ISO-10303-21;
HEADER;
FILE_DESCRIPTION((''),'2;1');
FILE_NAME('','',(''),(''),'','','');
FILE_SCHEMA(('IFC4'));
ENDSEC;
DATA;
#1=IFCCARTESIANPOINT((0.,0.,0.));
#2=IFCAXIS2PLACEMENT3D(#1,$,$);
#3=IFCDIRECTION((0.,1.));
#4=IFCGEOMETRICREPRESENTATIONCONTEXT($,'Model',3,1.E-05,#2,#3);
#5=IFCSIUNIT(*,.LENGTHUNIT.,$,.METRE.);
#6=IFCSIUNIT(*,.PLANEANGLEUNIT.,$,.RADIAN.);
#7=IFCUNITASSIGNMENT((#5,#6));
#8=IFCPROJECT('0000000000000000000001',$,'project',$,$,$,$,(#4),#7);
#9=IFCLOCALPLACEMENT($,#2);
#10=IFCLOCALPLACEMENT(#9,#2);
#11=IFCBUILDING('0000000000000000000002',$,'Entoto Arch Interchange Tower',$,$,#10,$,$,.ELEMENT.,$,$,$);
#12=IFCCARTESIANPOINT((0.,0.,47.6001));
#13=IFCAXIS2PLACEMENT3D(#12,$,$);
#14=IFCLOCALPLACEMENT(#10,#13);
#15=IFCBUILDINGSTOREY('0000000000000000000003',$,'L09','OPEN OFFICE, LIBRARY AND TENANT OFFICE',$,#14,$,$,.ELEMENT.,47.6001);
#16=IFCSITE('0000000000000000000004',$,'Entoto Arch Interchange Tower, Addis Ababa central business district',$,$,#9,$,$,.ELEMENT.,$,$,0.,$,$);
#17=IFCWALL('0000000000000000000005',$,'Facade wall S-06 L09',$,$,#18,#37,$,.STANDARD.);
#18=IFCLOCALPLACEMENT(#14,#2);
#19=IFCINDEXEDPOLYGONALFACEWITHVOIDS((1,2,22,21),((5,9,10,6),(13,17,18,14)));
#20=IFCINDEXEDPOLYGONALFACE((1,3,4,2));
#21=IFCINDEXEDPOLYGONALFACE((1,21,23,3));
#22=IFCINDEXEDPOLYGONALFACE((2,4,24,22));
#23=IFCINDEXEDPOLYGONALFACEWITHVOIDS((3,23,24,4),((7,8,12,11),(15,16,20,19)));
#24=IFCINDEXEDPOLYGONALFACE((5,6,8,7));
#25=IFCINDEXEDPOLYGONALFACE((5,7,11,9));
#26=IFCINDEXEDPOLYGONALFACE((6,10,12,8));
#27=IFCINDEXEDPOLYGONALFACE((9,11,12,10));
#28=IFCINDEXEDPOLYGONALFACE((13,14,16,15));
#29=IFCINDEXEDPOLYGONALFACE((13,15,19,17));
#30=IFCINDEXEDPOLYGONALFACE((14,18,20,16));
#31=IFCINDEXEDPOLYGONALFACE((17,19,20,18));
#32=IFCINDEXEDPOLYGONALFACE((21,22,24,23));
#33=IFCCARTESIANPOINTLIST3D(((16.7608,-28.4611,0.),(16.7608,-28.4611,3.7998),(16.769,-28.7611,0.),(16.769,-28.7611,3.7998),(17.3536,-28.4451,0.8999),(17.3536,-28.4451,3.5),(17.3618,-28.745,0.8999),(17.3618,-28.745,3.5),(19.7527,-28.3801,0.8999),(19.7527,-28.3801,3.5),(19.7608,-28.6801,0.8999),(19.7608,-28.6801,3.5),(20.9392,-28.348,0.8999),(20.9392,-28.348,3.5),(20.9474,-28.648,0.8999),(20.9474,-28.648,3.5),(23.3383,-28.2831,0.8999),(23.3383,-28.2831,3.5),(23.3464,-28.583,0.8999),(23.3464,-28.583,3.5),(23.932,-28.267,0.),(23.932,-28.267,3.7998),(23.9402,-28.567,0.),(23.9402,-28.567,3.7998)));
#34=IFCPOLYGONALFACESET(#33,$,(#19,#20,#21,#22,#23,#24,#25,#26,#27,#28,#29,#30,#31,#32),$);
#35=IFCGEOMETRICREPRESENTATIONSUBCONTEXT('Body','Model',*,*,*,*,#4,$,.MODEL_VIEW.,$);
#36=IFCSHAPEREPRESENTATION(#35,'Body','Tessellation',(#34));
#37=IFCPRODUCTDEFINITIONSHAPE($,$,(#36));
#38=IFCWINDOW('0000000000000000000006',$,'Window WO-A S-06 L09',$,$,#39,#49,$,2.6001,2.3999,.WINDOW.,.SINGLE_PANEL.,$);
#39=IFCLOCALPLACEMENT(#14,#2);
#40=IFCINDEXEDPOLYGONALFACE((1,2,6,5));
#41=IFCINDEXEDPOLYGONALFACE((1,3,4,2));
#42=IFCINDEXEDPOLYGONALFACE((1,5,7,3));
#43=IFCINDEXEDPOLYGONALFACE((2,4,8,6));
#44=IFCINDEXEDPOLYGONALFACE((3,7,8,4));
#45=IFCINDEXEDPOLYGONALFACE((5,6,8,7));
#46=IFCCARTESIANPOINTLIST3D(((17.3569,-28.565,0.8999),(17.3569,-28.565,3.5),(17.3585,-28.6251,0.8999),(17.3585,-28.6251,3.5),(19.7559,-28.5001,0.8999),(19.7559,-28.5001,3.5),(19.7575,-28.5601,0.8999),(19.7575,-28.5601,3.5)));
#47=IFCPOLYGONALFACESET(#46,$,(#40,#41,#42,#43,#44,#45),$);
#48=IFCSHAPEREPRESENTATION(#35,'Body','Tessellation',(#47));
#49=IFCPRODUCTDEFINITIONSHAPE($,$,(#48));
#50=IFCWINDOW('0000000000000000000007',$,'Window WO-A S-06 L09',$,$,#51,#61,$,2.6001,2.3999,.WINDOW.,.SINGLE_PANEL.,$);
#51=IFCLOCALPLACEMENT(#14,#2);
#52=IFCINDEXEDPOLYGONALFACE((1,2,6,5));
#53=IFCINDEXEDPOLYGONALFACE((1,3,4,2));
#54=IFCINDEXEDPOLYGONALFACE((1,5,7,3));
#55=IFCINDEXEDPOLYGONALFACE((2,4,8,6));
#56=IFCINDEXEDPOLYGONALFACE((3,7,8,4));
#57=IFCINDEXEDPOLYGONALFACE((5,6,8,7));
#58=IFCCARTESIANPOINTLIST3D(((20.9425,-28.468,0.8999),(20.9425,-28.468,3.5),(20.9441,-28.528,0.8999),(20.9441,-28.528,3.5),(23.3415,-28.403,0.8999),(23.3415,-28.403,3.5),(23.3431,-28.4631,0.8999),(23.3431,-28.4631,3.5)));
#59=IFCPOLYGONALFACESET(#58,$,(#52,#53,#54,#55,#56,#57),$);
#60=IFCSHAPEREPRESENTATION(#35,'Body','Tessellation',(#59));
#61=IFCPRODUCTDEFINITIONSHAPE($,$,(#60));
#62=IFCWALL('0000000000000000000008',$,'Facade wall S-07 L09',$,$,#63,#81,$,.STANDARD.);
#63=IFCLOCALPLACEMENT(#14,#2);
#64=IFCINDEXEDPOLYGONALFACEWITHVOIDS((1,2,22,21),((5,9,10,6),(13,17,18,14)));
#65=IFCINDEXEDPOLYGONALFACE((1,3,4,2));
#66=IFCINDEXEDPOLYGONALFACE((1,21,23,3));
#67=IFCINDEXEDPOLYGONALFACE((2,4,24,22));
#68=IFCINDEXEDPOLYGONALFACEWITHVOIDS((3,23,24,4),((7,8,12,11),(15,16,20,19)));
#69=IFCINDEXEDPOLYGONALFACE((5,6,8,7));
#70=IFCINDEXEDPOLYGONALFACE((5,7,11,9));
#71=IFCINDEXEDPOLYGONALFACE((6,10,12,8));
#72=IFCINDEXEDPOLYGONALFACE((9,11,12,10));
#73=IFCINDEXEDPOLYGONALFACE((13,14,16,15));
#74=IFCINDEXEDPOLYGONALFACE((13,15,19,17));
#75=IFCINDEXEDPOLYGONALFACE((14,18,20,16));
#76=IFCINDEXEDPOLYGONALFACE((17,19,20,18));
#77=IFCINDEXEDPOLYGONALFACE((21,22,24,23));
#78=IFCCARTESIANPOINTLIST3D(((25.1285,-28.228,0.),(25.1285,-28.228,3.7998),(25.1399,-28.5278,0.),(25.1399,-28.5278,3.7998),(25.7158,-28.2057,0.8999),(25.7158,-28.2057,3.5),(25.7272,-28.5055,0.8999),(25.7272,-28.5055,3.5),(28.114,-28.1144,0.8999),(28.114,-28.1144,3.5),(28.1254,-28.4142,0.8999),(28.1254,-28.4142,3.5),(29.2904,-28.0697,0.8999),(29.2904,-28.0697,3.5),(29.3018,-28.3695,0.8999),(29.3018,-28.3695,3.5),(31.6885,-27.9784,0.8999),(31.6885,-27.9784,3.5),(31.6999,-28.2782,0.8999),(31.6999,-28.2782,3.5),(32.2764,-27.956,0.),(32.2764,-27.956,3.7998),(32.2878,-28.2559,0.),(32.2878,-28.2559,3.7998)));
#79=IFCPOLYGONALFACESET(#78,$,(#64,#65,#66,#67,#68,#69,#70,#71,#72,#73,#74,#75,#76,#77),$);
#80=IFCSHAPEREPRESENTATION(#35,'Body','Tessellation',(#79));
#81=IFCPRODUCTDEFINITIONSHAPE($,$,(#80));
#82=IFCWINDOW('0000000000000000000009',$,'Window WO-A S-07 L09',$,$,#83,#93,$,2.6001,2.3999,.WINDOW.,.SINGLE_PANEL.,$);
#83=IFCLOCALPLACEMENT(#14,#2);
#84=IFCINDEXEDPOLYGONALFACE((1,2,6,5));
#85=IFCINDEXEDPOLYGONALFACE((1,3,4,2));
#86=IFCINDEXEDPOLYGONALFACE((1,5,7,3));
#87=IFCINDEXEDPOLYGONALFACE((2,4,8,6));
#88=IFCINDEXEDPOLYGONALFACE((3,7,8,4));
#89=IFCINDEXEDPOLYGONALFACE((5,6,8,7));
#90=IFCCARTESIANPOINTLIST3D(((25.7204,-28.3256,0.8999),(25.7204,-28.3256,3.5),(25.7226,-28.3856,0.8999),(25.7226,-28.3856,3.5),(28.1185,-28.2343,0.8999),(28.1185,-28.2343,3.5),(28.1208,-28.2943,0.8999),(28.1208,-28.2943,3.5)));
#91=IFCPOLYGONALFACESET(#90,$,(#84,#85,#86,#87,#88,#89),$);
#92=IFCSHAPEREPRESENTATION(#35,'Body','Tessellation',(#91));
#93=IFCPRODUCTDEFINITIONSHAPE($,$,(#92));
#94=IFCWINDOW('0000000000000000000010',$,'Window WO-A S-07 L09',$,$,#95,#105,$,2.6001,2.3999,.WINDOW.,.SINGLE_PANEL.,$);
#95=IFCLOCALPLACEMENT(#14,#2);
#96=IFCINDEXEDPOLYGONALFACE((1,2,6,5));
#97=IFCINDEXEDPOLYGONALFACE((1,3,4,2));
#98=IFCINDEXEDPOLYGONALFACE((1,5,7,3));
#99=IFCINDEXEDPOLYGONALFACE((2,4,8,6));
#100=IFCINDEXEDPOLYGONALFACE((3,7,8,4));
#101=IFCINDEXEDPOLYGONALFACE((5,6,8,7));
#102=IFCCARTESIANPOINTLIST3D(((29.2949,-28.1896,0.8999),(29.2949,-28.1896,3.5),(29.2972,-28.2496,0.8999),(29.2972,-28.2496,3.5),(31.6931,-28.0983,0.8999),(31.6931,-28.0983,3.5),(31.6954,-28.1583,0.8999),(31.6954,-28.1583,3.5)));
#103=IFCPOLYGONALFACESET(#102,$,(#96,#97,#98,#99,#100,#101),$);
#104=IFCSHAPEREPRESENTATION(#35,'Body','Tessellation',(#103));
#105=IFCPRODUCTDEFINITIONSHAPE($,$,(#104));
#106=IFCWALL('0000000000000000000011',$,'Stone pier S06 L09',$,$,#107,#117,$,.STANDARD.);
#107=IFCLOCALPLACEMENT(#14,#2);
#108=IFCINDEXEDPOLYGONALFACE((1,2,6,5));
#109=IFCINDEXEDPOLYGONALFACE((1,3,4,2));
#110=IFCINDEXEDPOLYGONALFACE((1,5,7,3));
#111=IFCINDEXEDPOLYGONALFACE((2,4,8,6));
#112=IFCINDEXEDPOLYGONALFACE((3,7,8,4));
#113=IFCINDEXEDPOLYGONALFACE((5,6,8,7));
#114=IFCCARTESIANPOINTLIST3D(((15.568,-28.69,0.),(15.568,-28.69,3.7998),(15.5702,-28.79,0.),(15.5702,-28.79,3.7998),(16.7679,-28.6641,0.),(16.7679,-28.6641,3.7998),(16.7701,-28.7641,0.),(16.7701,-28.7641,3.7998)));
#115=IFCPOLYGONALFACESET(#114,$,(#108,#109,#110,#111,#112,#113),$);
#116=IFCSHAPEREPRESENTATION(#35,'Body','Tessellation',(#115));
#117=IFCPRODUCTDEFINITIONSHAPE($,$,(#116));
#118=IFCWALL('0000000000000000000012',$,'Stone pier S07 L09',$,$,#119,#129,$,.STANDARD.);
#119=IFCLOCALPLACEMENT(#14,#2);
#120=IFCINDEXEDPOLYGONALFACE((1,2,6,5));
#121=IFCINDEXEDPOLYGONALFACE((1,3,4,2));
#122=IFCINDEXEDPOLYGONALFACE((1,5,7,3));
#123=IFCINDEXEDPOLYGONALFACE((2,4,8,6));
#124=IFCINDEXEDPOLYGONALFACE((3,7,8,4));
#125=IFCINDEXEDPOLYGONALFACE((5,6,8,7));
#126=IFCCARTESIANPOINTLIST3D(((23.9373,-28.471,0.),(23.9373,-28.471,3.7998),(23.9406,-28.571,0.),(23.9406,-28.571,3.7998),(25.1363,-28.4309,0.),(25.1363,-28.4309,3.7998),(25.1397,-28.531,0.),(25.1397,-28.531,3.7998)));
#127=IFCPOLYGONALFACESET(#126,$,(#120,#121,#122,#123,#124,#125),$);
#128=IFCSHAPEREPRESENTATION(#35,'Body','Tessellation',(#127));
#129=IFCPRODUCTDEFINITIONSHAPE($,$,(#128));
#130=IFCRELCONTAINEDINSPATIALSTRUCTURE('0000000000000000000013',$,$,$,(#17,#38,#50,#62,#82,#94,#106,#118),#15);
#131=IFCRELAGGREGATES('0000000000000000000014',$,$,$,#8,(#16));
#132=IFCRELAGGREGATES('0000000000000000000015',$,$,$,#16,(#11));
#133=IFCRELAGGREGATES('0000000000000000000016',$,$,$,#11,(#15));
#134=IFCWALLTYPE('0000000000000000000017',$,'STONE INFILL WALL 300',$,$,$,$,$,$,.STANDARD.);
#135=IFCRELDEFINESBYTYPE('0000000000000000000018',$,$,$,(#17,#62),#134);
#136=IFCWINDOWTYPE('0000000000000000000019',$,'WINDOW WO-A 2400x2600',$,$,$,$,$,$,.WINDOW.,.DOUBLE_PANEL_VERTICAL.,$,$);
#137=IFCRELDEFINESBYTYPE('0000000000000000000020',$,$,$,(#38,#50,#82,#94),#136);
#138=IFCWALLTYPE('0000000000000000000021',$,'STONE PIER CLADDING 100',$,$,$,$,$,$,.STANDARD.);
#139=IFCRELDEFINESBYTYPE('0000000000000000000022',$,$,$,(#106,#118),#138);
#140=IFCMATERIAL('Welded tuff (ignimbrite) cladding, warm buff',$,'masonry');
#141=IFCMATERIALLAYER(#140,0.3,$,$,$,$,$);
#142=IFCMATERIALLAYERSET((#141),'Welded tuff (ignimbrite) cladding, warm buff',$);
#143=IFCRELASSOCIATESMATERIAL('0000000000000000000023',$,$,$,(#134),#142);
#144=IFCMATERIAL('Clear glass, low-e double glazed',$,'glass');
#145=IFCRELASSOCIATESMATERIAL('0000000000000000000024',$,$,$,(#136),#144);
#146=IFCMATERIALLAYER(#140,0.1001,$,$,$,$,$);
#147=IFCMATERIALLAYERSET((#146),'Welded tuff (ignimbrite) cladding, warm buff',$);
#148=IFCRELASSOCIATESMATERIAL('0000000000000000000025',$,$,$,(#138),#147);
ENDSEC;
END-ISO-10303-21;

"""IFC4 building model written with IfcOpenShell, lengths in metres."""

from ifc_helpers import new_model, si_unit, direction, frame, frame_2d, origin, place, context, subcontext, project, spatial, rectangle, extrude, material, layer, layer_set, type_object, element, fill, save


model = new_model("IFC4")

# Units and contexts
model_context = context("Model", 3, precision=1e-05, world=origin(), true_north=direction((0.0, 1.0)))
body_context = subcontext(model_context, "Body", "Model", "MODEL_VIEW")
ifc_project = project(units=[si_unit("LENGTHUNIT", "METRE"), si_unit("PLANEANGLEUNIT", "RADIAN")], contexts=[model_context])

# Site, building, storey
site_placement = place(None, origin())
site = spatial("IfcSite", under=ifc_project, at=site_placement, Name="Entoto Arch Interchange Tower, Addis Ababa central business district", CompositionType="ELEMENT", RefElevation=0.0)
building_placement = place(site_placement, origin())
building = spatial("IfcBuilding", under=site, at=building_placement, Name="Entoto Arch Interchange Tower", CompositionType="ELEMENT")
storey_placement = place(building_placement, frame((0.0, 0.0, 47.6001)))
storey = spatial("IfcBuildingStorey", under=building, at=storey_placement, Name="L09", Description="OPEN OFFICE, LIBRARY AND TENANT OFFICE", CompositionType="ELEMENT", Elevation=47.6001)

# Walls, openings, windows
ifc_material_1 = material(Name="Welded tuff (ignimbrite) cladding, warm buff", Category="masonry")
ifc_layer_1 = layer(ifc_material_1, 0.3)
ifc_layer_set_1 = layer_set([ifc_layer_1], Name="Welded tuff (ignimbrite) cladding, warm buff")
wall_type_1 = type_object("IfcWallType", Name="STONE INFILL WALL 300", PredefinedType="STANDARD", material=ifc_layer_set_1)
wall_1_placement = place(storey_placement, frame((16.7649, -28.6111, 0.0), z_axis=(0.0, 0.0, 1.0), x_axis=(0.999634, 0.027056, 0.0)))
wall_1 = element("IfcWall", 1, at=wall_1_placement, inside=storey, type_object=wall_type_1, Name="Facade wall S-06 L09", PredefinedType="STANDARD", context=body_context, shape_type="SweptSolid", body=[
    extrude(rectangle(XDim=7.1738, YDim=0.3, at=frame_2d((3.5869, 0.0))), origin(), (0.0, 0.0, 1.0), 3.7998),
])
opening_1_placement = place(wall_1_placement, frame((0.593, 0.0, 0.8999)))
opening_1 = element("IfcOpeningElement", 2, at=opening_1_placement, cuts=wall_1, PredefinedType="OPENING", context=body_context, shape_type="SweptSolid", body=[
    extrude(rectangle(XDim=2.3999, YDim=2.6001, at=frame_2d((1.2, 1.3))), frame((0.0, 0.1602, 0.0), z_axis=(0.0, -1.0, 0.0), x_axis=(1.0, 0.0, 0.0)), (0.0, 0.0, 1.0), 0.3201),
])
opening_2_placement = place(wall_1_placement, frame((4.1799, 0.0, 0.8999)))
opening_2 = element("IfcOpeningElement", 3, at=opening_2_placement, cuts=wall_1, PredefinedType="OPENING", context=body_context, shape_type="SweptSolid", body=[
    extrude(rectangle(XDim=2.3999, YDim=2.6001, at=frame_2d((1.2, 1.3))), frame((0.0, 0.1602, 0.0), z_axis=(0.0, -1.0, 0.0), x_axis=(1.0, 0.0, 0.0)), (0.0, 0.0, 1.0), 0.3201),
])
ifc_material_2 = material(Name="Clear glass, low-e double glazed", Category="glass")
window_type = type_object("IfcWindowType", Name="WINDOW WO-A 2400x2600", PartitioningType="DOUBLE_PANEL_VERTICAL", PredefinedType="WINDOW", material=ifc_material_2)
window_1_placement = place(opening_1_placement, origin())
window_1 = element("IfcWindow", 4, at=window_1_placement, inside=storey, type_object=window_type, Name="Window WO-A S-06 L09", OverallHeight=2.6001, OverallWidth=2.3999, PartitioningType="SINGLE_PANEL", PredefinedType="WINDOW", context=body_context, shape_type="SweptSolid", body=[
    extrude(rectangle(XDim=2.3999, YDim=2.6001, at=frame_2d((1.2, 1.3))), frame((0.0, 0.03, 0.0), z_axis=(0.0, -1.0, 0.0), x_axis=(1.0, 0.0, 0.0)), (0.0, 0.0, 1.0), 0.0601),
])
fill(opening_1, window_1)
window_2_placement = place(opening_2_placement, origin())
window_2 = element("IfcWindow", 5, at=window_2_placement, inside=storey, type_object=window_type, Name="Window WO-A S-06 L09", OverallHeight=2.6001, OverallWidth=2.3999, PartitioningType="SINGLE_PANEL", PredefinedType="WINDOW", context=body_context, shape_type="SweptSolid", body=[
    extrude(rectangle(XDim=2.3999, YDim=2.6001, at=frame_2d((1.2, 1.3))), frame((0.0, 0.03, 0.0), z_axis=(0.0, -1.0, 0.0), x_axis=(1.0, 0.0, 0.0)), (0.0, 0.0, 1.0), 0.0601),
])
fill(opening_2, window_2)
wall_2_placement = place(storey_placement, frame((25.134, -28.3779, 0.0), z_axis=(0.0, 0.0, 1.0), x_axis=(0.999277, 0.038022, 0.0)))
wall_2 = element("IfcWall", 6, at=wall_2_placement, inside=storey, type_object=wall_type_1, Name="Facade wall S-07 L09", PredefinedType="STANDARD", context=body_context, shape_type="SweptSolid", body=[
    extrude(rectangle(XDim=7.1531, YDim=0.3, at=frame_2d((3.5767, 0.0))), origin(), (0.0, 0.0, 1.0), 3.7998),
])
opening_3_placement = place(wall_2_placement, frame((0.5879, 0.0, 0.8999)))
opening_3 = element("IfcOpeningElement", 7, at=opening_3_placement, cuts=wall_2, PredefinedType="OPENING", context=body_context, shape_type="SweptSolid", body=[
    extrude(rectangle(XDim=2.3999, YDim=2.6001, at=frame_2d((1.2, 1.3))), frame((0.0, 0.1602, 0.0), z_axis=(0.0, -1.0, 0.0), x_axis=(1.0, 0.0, 0.0)), (0.0, 0.0, 1.0), 0.3201),
])
opening_4_placement = place(wall_2_placement, frame((4.165, 0.0, 0.8999)))
opening_4 = element("IfcOpeningElement", 8, at=opening_4_placement, cuts=wall_2, PredefinedType="OPENING", context=body_context, shape_type="SweptSolid", body=[
    extrude(rectangle(XDim=2.3999, YDim=2.6001, at=frame_2d((1.2, 1.3))), frame((0.0, 0.1602, 0.0), z_axis=(0.0, -1.0, 0.0), x_axis=(1.0, 0.0, 0.0)), (0.0, 0.0, 1.0), 0.3201),
])
window_3_placement = place(opening_3_placement, origin())
window_3 = element("IfcWindow", 9, at=window_3_placement, inside=storey, type_object=window_type, Name="Window WO-A S-07 L09", OverallHeight=2.6001, OverallWidth=2.3999, PartitioningType="SINGLE_PANEL", PredefinedType="WINDOW", context=body_context, shape_type="SweptSolid", body=[
    extrude(rectangle(XDim=2.3999, YDim=2.6001, at=frame_2d((1.2, 1.3))), frame((0.0, 0.03, 0.0), z_axis=(0.0, -1.0, 0.0), x_axis=(1.0, 0.0, 0.0)), (0.0, 0.0, 1.0), 0.0601),
])
fill(opening_3, window_3)
window_4_placement = place(opening_4_placement, origin())
window_4 = element("IfcWindow", 10, at=window_4_placement, inside=storey, type_object=window_type, Name="Window WO-A S-07 L09", OverallHeight=2.6001, OverallWidth=2.3999, PartitioningType="SINGLE_PANEL", PredefinedType="WINDOW", context=body_context, shape_type="SweptSolid", body=[
    extrude(rectangle(XDim=2.3999, YDim=2.6001, at=frame_2d((1.2, 1.3))), frame((0.0, 0.03, 0.0), z_axis=(0.0, -1.0, 0.0), x_axis=(1.0, 0.0, 0.0)), (0.0, 0.0, 1.0), 0.0601),
])
fill(opening_4, window_4)

# Walls
ifc_layer_2 = layer(ifc_material_1, 0.1001)
ifc_layer_set_2 = layer_set([ifc_layer_2], Name="Welded tuff (ignimbrite) cladding, warm buff")
wall_type_2 = type_object("IfcWallType", Name="STONE PIER CLADDING 100", PredefinedType="STANDARD", material=ifc_layer_set_2)
wall_3_placement = place(storey_placement, frame((15.5691, -28.74, 0.0), z_axis=(0.0, 0.0, 1.0), x_axis=(0.999768, 0.021562, 0.0)))
element("IfcWall", 11, at=wall_3_placement, inside=storey, type_object=wall_type_2, Name="Stone pier S06 L09", PredefinedType="STANDARD", context=body_context, shape_type="SweptSolid", body=[
    extrude(rectangle(XDim=1.2002, YDim=0.1001, at=frame_2d((0.6001, 0.0))), origin(), (0.0, 0.0, 1.0), 3.7998),
])
wall_4_placement = place(storey_placement, frame((23.939, -28.521, 0.0), z_axis=(0.0, 0.0, 1.0), x_axis=(0.999443, 0.033376, 0.0)))
element("IfcWall", 12, at=wall_4_placement, inside=storey, type_object=wall_type_2, Name="Stone pier S07 L09", PredefinedType="STANDARD", context=body_context, shape_type="SweptSolid", body=[
    extrude(rectangle(XDim=1.1997, YDim=0.1001, at=frame_2d((0.5999, 0.0))), origin(), (0.0, 0.0, 1.0), 3.7998),
])

save(model, "model.ifc")
